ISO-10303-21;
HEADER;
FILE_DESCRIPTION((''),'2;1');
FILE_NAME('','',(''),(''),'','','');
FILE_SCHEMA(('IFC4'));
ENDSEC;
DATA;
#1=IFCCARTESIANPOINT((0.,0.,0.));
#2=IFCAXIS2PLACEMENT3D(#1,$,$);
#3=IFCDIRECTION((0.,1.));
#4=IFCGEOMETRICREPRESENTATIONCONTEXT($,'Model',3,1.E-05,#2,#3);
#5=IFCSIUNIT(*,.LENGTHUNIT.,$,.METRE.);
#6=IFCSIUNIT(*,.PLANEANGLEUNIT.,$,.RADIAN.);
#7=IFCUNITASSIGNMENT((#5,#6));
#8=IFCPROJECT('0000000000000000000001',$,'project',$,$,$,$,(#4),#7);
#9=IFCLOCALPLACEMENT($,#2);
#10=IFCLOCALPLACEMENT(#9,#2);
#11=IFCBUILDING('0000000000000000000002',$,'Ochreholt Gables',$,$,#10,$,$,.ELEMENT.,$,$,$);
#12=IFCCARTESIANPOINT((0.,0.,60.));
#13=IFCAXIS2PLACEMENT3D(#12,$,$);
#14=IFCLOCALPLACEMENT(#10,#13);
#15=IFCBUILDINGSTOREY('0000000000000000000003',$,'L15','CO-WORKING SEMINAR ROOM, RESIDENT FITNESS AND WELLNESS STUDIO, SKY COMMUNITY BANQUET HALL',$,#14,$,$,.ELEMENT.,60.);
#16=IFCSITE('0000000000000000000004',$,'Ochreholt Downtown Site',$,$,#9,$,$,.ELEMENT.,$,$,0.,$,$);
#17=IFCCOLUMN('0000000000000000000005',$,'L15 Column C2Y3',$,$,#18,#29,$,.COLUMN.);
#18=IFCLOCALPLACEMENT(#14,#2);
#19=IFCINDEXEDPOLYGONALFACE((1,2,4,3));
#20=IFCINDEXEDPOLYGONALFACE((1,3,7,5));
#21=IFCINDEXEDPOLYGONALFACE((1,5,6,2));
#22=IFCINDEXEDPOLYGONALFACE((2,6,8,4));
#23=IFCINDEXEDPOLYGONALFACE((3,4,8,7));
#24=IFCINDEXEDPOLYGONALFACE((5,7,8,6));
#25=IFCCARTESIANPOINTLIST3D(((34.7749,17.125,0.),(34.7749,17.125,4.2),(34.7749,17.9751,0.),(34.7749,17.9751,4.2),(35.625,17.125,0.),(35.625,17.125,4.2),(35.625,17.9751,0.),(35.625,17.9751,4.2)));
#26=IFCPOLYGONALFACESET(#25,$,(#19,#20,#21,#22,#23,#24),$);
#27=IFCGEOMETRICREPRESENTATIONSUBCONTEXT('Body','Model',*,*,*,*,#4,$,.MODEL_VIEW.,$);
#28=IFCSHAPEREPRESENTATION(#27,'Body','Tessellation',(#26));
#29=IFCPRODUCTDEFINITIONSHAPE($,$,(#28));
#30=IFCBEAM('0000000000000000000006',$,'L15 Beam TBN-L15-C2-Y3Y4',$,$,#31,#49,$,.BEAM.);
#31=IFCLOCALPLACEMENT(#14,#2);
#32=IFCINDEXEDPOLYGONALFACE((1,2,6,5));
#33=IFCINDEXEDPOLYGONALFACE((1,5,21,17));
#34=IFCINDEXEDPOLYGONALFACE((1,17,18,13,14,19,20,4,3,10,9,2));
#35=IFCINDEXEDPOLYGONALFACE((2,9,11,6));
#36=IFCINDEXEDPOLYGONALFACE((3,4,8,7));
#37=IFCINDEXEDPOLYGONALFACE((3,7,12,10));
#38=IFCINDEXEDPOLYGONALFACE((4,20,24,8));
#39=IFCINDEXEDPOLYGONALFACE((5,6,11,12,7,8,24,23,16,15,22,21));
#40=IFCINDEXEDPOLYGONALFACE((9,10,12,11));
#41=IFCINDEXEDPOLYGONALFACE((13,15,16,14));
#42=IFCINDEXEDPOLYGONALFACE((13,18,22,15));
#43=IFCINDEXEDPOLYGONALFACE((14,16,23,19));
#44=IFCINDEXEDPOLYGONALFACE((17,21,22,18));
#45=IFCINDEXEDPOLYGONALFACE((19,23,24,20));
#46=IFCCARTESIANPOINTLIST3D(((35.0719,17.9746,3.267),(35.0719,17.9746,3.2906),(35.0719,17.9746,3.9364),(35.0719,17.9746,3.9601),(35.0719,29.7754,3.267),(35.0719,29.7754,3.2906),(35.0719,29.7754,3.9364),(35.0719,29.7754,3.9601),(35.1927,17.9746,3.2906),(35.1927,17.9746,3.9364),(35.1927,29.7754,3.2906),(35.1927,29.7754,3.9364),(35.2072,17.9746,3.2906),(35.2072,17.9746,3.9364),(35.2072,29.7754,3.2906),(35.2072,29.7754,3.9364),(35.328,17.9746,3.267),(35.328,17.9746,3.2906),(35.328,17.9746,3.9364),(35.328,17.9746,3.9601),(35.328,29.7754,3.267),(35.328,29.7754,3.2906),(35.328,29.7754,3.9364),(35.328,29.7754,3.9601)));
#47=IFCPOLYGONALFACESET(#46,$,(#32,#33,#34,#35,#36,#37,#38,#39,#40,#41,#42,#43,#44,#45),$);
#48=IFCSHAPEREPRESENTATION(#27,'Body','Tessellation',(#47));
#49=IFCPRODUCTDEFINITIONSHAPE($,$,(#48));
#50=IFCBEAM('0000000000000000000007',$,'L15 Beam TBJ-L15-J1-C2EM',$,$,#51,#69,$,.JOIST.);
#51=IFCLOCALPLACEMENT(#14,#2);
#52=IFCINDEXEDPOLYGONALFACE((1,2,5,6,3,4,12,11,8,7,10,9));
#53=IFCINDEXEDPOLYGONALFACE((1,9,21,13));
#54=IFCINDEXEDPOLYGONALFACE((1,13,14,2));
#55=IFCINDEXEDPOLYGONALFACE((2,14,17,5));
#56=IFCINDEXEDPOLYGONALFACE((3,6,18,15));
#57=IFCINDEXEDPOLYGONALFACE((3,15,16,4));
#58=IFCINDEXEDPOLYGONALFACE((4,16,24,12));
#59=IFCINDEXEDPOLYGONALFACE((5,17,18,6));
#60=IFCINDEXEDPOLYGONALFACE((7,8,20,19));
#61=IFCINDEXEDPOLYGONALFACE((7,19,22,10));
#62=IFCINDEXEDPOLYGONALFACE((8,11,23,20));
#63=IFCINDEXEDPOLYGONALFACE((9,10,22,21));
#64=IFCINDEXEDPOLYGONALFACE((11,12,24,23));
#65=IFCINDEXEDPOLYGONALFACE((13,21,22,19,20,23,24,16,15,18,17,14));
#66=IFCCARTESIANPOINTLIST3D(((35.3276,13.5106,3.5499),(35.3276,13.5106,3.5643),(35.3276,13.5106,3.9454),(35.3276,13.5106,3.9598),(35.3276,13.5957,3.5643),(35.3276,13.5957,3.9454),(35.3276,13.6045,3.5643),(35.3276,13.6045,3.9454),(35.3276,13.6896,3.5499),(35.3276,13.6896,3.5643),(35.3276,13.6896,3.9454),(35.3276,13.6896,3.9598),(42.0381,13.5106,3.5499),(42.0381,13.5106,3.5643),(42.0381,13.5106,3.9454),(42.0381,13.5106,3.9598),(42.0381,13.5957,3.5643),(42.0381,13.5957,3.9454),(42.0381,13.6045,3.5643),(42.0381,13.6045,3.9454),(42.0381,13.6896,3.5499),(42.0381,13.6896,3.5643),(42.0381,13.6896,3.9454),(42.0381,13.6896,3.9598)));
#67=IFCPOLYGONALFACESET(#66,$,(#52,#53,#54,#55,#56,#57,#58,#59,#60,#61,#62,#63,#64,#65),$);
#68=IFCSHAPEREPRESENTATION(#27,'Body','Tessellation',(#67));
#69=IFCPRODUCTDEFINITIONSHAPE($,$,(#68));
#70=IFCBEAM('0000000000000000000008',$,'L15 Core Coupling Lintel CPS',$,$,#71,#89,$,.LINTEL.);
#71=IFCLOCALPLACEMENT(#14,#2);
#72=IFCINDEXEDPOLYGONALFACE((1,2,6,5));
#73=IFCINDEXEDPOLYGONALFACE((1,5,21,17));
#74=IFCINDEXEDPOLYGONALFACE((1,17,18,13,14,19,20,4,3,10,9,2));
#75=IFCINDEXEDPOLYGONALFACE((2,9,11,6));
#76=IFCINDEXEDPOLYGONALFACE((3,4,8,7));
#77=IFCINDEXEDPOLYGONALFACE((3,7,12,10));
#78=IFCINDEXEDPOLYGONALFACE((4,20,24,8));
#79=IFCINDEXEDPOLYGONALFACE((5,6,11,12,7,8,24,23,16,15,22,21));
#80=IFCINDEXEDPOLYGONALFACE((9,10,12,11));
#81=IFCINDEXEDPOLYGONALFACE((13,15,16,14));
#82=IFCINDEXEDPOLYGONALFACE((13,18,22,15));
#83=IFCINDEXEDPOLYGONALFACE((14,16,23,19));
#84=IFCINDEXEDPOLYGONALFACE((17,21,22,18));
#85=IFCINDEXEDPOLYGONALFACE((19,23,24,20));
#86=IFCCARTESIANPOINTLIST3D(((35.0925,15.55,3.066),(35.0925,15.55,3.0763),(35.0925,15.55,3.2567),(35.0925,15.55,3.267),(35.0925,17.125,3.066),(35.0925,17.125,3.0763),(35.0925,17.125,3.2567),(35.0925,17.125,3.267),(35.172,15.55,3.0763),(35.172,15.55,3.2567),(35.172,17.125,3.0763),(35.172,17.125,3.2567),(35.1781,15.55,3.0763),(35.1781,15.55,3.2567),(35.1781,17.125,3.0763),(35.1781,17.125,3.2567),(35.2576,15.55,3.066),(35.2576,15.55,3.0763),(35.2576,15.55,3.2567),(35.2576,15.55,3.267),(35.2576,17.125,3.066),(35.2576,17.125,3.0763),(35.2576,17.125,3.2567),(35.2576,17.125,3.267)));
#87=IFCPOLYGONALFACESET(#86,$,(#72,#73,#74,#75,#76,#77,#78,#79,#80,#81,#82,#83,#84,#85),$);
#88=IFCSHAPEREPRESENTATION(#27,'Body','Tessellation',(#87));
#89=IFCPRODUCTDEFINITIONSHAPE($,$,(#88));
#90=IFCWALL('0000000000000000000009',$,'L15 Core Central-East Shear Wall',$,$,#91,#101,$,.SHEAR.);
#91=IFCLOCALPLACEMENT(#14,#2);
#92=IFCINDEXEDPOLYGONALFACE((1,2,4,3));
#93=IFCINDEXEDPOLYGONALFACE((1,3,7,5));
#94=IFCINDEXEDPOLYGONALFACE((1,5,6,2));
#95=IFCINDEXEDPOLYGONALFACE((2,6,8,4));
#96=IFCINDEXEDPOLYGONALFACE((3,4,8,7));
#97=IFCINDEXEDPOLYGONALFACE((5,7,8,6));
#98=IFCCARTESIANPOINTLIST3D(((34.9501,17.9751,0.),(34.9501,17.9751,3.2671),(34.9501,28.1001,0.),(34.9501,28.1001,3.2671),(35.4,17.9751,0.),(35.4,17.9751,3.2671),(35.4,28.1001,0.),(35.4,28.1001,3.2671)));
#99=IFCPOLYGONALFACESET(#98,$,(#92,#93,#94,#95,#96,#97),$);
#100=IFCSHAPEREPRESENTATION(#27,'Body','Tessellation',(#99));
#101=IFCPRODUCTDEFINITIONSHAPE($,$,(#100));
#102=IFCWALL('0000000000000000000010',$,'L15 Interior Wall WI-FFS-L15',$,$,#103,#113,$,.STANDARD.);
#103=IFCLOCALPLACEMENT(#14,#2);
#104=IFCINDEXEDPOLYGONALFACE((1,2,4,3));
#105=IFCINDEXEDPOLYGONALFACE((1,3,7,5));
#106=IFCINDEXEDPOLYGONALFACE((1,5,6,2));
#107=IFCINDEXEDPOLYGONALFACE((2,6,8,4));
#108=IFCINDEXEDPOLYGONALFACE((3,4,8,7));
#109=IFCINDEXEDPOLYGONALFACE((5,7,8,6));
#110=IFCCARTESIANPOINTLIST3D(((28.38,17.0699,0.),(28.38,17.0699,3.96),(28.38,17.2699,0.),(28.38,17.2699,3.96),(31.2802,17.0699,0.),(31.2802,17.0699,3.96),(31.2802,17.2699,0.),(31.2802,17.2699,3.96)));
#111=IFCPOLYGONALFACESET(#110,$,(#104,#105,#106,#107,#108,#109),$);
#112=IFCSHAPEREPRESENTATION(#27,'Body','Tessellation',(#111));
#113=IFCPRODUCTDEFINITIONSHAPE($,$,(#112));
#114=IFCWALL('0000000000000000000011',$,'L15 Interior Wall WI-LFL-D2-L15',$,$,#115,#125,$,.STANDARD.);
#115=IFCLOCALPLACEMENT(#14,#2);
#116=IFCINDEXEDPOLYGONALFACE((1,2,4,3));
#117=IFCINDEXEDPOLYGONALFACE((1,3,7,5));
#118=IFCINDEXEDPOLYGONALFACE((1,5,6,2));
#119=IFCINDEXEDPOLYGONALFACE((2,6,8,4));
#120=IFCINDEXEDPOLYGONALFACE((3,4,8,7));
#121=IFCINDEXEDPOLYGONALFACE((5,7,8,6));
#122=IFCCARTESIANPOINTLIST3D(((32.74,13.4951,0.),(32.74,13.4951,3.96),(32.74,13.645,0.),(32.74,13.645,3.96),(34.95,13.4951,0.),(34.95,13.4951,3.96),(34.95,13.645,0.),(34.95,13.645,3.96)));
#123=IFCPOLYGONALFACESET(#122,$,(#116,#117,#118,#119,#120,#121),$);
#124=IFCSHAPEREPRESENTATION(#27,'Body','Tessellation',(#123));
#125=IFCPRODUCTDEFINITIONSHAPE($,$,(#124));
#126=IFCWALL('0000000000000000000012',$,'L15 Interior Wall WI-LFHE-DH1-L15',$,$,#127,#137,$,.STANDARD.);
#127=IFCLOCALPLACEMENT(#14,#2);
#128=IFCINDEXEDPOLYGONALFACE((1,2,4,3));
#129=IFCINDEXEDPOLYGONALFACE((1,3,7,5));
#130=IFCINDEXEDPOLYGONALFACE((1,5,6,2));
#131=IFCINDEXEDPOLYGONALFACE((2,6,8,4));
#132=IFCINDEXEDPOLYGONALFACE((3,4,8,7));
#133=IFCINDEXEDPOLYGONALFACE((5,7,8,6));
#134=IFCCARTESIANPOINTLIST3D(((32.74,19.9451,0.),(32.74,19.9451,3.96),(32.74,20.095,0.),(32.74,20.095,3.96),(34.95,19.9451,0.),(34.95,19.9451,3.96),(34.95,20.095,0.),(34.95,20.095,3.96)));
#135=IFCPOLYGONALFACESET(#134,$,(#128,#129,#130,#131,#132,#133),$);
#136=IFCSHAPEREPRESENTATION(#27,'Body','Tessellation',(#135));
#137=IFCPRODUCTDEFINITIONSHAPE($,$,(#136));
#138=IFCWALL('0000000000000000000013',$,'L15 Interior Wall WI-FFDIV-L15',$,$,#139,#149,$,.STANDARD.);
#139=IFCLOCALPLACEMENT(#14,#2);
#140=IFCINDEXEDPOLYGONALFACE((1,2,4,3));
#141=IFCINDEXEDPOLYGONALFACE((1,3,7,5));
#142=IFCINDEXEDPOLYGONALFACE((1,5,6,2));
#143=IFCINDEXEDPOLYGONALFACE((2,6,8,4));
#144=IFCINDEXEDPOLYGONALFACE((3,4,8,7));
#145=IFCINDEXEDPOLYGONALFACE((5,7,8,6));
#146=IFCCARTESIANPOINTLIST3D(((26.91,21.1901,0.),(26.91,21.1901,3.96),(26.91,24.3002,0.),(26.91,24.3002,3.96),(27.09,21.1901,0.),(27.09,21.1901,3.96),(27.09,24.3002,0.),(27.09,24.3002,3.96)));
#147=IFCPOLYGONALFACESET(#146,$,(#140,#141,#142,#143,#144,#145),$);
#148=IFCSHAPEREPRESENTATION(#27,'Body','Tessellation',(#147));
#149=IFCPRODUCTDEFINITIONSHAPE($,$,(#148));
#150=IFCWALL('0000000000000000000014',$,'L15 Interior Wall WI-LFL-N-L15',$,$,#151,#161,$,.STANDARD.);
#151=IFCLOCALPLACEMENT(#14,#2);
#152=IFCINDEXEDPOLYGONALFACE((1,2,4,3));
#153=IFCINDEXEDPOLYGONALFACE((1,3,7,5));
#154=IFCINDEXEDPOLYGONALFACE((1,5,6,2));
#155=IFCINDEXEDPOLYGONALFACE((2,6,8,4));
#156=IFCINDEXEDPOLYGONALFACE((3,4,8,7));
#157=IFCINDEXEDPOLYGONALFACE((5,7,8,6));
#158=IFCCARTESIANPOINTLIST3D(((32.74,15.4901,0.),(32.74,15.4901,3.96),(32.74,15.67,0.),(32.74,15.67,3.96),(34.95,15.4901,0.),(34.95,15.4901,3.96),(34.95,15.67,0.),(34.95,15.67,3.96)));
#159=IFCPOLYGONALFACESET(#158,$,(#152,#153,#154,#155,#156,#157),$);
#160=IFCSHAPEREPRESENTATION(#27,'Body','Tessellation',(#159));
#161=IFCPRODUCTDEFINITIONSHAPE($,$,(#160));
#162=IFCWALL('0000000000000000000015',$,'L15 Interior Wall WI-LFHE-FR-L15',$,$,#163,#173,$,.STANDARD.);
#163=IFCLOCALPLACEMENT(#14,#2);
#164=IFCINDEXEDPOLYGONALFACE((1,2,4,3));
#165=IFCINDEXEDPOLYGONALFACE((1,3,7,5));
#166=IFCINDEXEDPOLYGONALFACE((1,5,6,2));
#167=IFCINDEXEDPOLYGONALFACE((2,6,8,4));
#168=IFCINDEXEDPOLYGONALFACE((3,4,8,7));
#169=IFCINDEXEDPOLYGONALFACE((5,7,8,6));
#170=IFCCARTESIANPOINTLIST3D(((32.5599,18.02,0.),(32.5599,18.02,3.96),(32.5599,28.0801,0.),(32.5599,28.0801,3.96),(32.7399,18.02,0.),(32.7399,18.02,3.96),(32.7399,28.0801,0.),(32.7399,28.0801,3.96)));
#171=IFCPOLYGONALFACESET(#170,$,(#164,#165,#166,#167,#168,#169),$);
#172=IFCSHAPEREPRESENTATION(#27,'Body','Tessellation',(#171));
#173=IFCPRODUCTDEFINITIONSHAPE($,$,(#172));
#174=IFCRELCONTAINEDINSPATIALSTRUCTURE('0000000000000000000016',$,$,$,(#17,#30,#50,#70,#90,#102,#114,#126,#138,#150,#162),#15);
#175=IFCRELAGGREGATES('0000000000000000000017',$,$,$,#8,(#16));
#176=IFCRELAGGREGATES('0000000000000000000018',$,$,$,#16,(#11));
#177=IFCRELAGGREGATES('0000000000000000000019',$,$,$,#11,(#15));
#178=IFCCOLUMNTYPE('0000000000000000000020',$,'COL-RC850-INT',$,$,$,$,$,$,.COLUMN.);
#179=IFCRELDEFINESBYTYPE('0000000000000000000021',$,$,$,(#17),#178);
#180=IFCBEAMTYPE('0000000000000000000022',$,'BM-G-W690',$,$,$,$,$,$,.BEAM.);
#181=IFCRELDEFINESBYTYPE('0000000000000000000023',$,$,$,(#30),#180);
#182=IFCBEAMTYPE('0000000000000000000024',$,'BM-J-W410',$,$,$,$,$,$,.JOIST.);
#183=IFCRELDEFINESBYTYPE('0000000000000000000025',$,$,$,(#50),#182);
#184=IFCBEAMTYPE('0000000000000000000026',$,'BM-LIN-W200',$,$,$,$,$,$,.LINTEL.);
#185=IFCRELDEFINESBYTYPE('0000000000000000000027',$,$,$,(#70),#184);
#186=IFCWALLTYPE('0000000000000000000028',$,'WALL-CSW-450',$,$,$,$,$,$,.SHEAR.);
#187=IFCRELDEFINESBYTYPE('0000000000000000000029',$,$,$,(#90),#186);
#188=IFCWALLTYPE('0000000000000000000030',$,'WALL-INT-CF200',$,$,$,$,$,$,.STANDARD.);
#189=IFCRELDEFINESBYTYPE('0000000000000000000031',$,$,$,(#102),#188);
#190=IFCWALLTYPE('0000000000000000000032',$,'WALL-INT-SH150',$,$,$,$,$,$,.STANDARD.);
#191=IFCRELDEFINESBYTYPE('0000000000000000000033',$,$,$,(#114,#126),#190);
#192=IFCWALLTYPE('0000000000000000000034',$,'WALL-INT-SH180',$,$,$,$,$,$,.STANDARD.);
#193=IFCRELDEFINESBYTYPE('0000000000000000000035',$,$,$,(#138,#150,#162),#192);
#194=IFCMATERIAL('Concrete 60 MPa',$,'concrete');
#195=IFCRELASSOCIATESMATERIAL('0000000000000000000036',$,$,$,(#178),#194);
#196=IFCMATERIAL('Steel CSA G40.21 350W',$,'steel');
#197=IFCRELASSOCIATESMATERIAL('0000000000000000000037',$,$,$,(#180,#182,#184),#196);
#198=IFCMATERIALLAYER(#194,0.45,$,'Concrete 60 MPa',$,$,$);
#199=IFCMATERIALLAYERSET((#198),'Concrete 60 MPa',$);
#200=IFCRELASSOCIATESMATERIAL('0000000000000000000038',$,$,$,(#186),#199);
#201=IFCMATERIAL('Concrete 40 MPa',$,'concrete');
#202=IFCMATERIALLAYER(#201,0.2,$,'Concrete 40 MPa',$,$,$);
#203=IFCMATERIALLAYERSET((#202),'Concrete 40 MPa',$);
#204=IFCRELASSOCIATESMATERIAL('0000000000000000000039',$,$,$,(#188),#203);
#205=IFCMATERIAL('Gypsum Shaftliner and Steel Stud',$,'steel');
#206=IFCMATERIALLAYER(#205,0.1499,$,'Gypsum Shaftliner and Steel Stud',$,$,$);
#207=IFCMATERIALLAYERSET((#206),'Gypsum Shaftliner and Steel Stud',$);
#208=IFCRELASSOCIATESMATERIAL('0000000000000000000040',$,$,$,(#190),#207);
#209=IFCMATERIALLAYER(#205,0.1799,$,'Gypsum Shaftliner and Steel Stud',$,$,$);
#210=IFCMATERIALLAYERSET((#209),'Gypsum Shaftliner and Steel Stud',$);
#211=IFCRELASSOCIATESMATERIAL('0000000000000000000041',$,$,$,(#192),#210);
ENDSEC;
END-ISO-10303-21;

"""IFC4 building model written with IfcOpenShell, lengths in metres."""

from ifc_helpers import new_model, si_unit, direction, frame, frame_2d, origin, origin_2d, place, context, subcontext, project, spatial, rectangle, i_section, extrude, material, layer, layer_set, material_profile, profile_set, type_object, element, save


model = new_model("IFC4")

# Units and contexts
model_context = context("Model", 3, precision=1e-05, world=origin(), true_north=direction((0.0, 1.0)))
body_context = subcontext(model_context, "Body", "Model", "MODEL_VIEW")
ifc_project = project(units=[si_unit("LENGTHUNIT", "METRE"), si_unit("PLANEANGLEUNIT", "RADIAN")], contexts=[model_context])

# Site, building, storey
site_placement = place(None, origin())
site = spatial("IfcSite", under=ifc_project, at=site_placement, Name="Ochreholt Downtown Site", CompositionType="ELEMENT", RefElevation=0.0)
building_placement = place(site_placement, origin())
building = spatial("IfcBuilding", under=site, at=building_placement, Name="Ochreholt Gables", CompositionType="ELEMENT")
storey_placement = place(building_placement, frame((0.0, 0.0, 60.0)))
storey = spatial("IfcBuildingStorey", under=building, at=storey_placement, Name="L15", Description="CO-WORKING SEMINAR ROOM, RESIDENT FITNESS AND WELLNESS STUDIO, SKY COMMUNITY BANQUET HALL", CompositionType="ELEMENT", Elevation=60.0)

# Column
ifc_material_1 = material(Name="Concrete 60 MPa", Category="concrete")
ifc_material_profile_1 = material_profile(ifc_material_1, rectangle(XDim=0.8501, YDim=0.8501, at=origin_2d()), Name="RC850X850")
ifc_profile_set_1 = profile_set([ifc_material_profile_1], Name="Concrete 60 MPa")
column_type = type_object("IfcColumnType", Name="COL-RC850-INT", PredefinedType="COLUMN", material=ifc_profile_set_1)
column_placement = place(storey_placement, frame((35.2, 17.55, 0.0), z_axis=(0.0, 0.0, 1.0), x_axis=(1.0, 0.0, 0.0)))
element("IfcColumn", 1, at=column_placement, inside=storey, type_object=column_type, Name="L15 Column C2Y3", PredefinedType="COLUMN", context=body_context, shape_type="SweptSolid", body=[
    extrude(rectangle(XDim=0.8501, YDim=0.8501, at=origin_2d()), origin(), (0.0, 0.0, 1.0), 4.2),
])

# Beams
ifc_material_2 = material(Name="Steel CSA G40.21 350W", Category="steel")
ifc_material_profile_2 = material_profile(ifc_material_2, i_section(OverallWidth=0.2561, OverallDepth=0.6931, WebThickness=0.0144, FlangeThickness=0.0237, at=origin_2d()), Name="W690X170")
ifc_profile_set_2 = profile_set([ifc_material_profile_2], Name="Steel CSA G40.21 350W")
beam_type_1 = type_object("IfcBeamType", Name="BM-G-W690", PredefinedType="BEAM", material=ifc_profile_set_2)
beam_1_placement = place(storey_placement, frame((35.2, 17.9746, 3.6135), z_axis=(0.0, 1.0, 0.0), x_axis=(-1.0, 0.0, 0.0)))
element("IfcBeam", 2, at=beam_1_placement, inside=storey, type_object=beam_type_1, Name="L15 Beam TBN-L15-C2-Y3Y4", PredefinedType="BEAM", context=body_context, shape_type="SweptSolid", body=[
    extrude(i_section(OverallWidth=0.2561, OverallDepth=0.6931, WebThickness=0.0144, FlangeThickness=0.0237, at=origin_2d()), origin(), (0.0, 0.0, 1.0), 11.8008),
])
ifc_material_profile_3 = material_profile(ifc_material_2, i_section(OverallWidth=0.179, OverallDepth=0.4099, WebThickness=0.0088, FlangeThickness=0.0144, at=origin_2d()), Name="W410X67")
ifc_profile_set_3 = profile_set([ifc_material_profile_3], Name="Steel CSA G40.21 350W")
beam_type_2 = type_object("IfcBeamType", Name="BM-J-W410", PredefinedType="JOIST", material=ifc_profile_set_3)
beam_2_placement = place(storey_placement, frame((35.3276, 13.6001, 3.7549), z_axis=(1.0, 0.0, 0.0), x_axis=(0.0, 1.0, 0.0)))
element("IfcBeam", 3, at=beam_2_placement, inside=storey, type_object=beam_type_2, Name="L15 Beam TBJ-L15-J1-C2EM", PredefinedType="JOIST", context=body_context, shape_type="SweptSolid", body=[
    extrude(i_section(OverallWidth=0.179, OverallDepth=0.4099, WebThickness=0.0088, FlangeThickness=0.0144, at=origin_2d()), origin(), (0.0, 0.0, 1.0), 6.7104),
])
ifc_material_profile_4 = material_profile(ifc_material_2, i_section(OverallWidth=0.165, OverallDepth=0.2009, WebThickness=0.0061, FlangeThickness=0.0103, at=origin_2d()), Name="W200X36")
ifc_profile_set_4 = profile_set([ifc_material_profile_4], Name="Steel CSA G40.21 350W")
beam_type_3 = type_object("IfcBeamType", Name="BM-LIN-W200", PredefinedType="LINTEL", material=ifc_profile_set_4)
beam_3_placement = place(storey_placement, frame((35.175, 15.55, 3.1665), z_axis=(0.0, 1.0, 0.0), x_axis=(-1.0, 0.0, 0.0)))
element("IfcBeam", 4, at=beam_3_placement, inside=storey, type_object=beam_type_3, Name="L15 Core Coupling Lintel CPS", PredefinedType="LINTEL", context=body_context, shape_type="SweptSolid", body=[
    extrude(i_section(OverallWidth=0.165, OverallDepth=0.2009, WebThickness=0.0061, FlangeThickness=0.0103, at=origin_2d()), origin(), (0.0, 0.0, 1.0), 1.575),
])

# Walls
ifc_layer_1 = layer(ifc_material_1, 0.45, Name="Concrete 60 MPa")
ifc_layer_set_1 = layer_set([ifc_layer_1], Name="Concrete 60 MPa")
wall_type_1 = type_object("IfcWallType", Name="WALL-CSW-450", PredefinedType="SHEAR", material=ifc_layer_set_1)
wall_1_placement = place(storey_placement, frame((35.175, 17.9751, 0.0), z_axis=(0.0, 0.0, 1.0), x_axis=(0.0, 1.0, 0.0)))
element("IfcWall", 5, at=wall_1_placement, inside=storey, type_object=wall_type_1, Name="L15 Core Central-East Shear Wall", PredefinedType="SHEAR", context=body_context, shape_type="SweptSolid", body=[
    extrude(rectangle(XDim=10.125, YDim=0.45, at=frame_2d((5.0625, 0.0))), origin(), (0.0, 0.0, 1.0), 3.2671),
])
ifc_material_3 = material(Name="Concrete 40 MPa", Category="concrete")
ifc_layer_2 = layer(ifc_material_3, 0.2, Name="Concrete 40 MPa")
ifc_layer_set_2 = layer_set([ifc_layer_2], Name="Concrete 40 MPa")
wall_type_2 = type_object("IfcWallType", Name="WALL-INT-CF200", PredefinedType="STANDARD", material=ifc_layer_set_2)
wall_2_placement = place(storey_placement, frame((28.3799, 17.1699, 0.0), z_axis=(0.0, 0.0, 1.0), x_axis=(1.0, 0.0, 0.0)))
element("IfcWall", 6, at=wall_2_placement, inside=storey, type_object=wall_type_2, Name="L15 Interior Wall WI-FFS-L15", PredefinedType="STANDARD", context=body_context, shape_type="SweptSolid", body=[
    extrude(rectangle(XDim=2.9001, YDim=0.2, at=frame_2d((1.4502, 0.0))), origin(), (0.0, 0.0, 1.0), 3.96),
])

# Walls
ifc_material_4 = material(Name="Gypsum Shaftliner and Steel Stud", Category="steel")
ifc_layer_3 = layer(ifc_material_4, 0.1499, Name="Gypsum Shaftliner and Steel Stud")
ifc_layer_set_3 = layer_set([ifc_layer_3], Name="Gypsum Shaftliner and Steel Stud")
wall_type_3 = type_object("IfcWallType", Name="WALL-INT-SH150", PredefinedType="STANDARD", material=ifc_layer_set_3)
for number, where, z_axis, x_axis, name in (
    (7, (32.74, 13.5701, 0.0), (0.0, 0.0, 1.0), (1.0, 0.0, 0.0), "L15 Interior Wall WI-LFL-D2-L15"),
    (8, (32.74, 20.02, 0.0), (0.0, 0.0, 1.0), (1.0, 0.0, 0.0), "L15 Interior Wall WI-LFHE-DH1-L15"),
):
    element("IfcWall", number, at=place(storey_placement, frame(where, z_axis=z_axis, x_axis=x_axis)), inside=storey, type_object=wall_type_3, Name=name, PredefinedType="STANDARD", context=body_context, shape_type="SweptSolid", body=[
        extrude(rectangle(XDim=2.21, YDim=0.1499, at=frame_2d((1.105, 0.0))), origin(), (0.0, 0.0, 1.0), 3.96),
    ])
ifc_layer_4 = layer(ifc_material_4, 0.1799, Name="Gypsum Shaftliner and Steel Stud")
ifc_layer_set_4 = layer_set([ifc_layer_4], Name="Gypsum Shaftliner and Steel Stud")
wall_type_4 = type_object("IfcWallType", Name="WALL-INT-SH180", PredefinedType="STANDARD", material=ifc_layer_set_4)
wall_3_placement = place(storey_placement, frame((27.0, 21.1899, 0.0), z_axis=(0.0, 0.0, 1.0), x_axis=(0.0, 1.0, 0.0)))
element("IfcWall", 9, at=wall_3_placement, inside=storey, type_object=wall_type_4, Name="L15 Interior Wall WI-FFDIV-L15", PredefinedType="STANDARD", context=body_context, shape_type="SweptSolid", body=[
    extrude(rectangle(XDim=3.1101, YDim=0.1799, at=frame_2d((1.5552, 0.0))), origin(), (0.0, 0.0, 1.0), 3.96),
])
wall_4_placement = place(storey_placement, frame((32.74, 15.5801, 0.0), z_axis=(0.0, 0.0, 1.0), x_axis=(1.0, 0.0, 0.0)))
element("IfcWall", 10, at=wall_4_placement, inside=storey, type_object=wall_type_4, Name="L15 Interior Wall WI-LFL-N-L15", PredefinedType="STANDARD", context=body_context, shape_type="SweptSolid", body=[
    extrude(rectangle(XDim=2.21, YDim=0.1799, at=frame_2d((1.105, 0.0))), origin(), (0.0, 0.0, 1.0), 3.96),
])
wall_5_placement = place(storey_placement, frame((32.6499, 18.02, 0.0), z_axis=(0.0, 0.0, 1.0), x_axis=(0.0, 1.0, 0.0)))
element("IfcWall", 11, at=wall_5_placement, inside=storey, type_object=wall_type_4, Name="L15 Interior Wall WI-LFHE-FR-L15", PredefinedType="STANDARD", context=body_context, shape_type="SweptSolid", body=[
    extrude(rectangle(XDim=10.0601, YDim=0.1799, at=frame_2d((5.03, 0.0))), origin(), (0.0, 0.0, 1.0), 3.96),
])

save(model, "model.ifc")
